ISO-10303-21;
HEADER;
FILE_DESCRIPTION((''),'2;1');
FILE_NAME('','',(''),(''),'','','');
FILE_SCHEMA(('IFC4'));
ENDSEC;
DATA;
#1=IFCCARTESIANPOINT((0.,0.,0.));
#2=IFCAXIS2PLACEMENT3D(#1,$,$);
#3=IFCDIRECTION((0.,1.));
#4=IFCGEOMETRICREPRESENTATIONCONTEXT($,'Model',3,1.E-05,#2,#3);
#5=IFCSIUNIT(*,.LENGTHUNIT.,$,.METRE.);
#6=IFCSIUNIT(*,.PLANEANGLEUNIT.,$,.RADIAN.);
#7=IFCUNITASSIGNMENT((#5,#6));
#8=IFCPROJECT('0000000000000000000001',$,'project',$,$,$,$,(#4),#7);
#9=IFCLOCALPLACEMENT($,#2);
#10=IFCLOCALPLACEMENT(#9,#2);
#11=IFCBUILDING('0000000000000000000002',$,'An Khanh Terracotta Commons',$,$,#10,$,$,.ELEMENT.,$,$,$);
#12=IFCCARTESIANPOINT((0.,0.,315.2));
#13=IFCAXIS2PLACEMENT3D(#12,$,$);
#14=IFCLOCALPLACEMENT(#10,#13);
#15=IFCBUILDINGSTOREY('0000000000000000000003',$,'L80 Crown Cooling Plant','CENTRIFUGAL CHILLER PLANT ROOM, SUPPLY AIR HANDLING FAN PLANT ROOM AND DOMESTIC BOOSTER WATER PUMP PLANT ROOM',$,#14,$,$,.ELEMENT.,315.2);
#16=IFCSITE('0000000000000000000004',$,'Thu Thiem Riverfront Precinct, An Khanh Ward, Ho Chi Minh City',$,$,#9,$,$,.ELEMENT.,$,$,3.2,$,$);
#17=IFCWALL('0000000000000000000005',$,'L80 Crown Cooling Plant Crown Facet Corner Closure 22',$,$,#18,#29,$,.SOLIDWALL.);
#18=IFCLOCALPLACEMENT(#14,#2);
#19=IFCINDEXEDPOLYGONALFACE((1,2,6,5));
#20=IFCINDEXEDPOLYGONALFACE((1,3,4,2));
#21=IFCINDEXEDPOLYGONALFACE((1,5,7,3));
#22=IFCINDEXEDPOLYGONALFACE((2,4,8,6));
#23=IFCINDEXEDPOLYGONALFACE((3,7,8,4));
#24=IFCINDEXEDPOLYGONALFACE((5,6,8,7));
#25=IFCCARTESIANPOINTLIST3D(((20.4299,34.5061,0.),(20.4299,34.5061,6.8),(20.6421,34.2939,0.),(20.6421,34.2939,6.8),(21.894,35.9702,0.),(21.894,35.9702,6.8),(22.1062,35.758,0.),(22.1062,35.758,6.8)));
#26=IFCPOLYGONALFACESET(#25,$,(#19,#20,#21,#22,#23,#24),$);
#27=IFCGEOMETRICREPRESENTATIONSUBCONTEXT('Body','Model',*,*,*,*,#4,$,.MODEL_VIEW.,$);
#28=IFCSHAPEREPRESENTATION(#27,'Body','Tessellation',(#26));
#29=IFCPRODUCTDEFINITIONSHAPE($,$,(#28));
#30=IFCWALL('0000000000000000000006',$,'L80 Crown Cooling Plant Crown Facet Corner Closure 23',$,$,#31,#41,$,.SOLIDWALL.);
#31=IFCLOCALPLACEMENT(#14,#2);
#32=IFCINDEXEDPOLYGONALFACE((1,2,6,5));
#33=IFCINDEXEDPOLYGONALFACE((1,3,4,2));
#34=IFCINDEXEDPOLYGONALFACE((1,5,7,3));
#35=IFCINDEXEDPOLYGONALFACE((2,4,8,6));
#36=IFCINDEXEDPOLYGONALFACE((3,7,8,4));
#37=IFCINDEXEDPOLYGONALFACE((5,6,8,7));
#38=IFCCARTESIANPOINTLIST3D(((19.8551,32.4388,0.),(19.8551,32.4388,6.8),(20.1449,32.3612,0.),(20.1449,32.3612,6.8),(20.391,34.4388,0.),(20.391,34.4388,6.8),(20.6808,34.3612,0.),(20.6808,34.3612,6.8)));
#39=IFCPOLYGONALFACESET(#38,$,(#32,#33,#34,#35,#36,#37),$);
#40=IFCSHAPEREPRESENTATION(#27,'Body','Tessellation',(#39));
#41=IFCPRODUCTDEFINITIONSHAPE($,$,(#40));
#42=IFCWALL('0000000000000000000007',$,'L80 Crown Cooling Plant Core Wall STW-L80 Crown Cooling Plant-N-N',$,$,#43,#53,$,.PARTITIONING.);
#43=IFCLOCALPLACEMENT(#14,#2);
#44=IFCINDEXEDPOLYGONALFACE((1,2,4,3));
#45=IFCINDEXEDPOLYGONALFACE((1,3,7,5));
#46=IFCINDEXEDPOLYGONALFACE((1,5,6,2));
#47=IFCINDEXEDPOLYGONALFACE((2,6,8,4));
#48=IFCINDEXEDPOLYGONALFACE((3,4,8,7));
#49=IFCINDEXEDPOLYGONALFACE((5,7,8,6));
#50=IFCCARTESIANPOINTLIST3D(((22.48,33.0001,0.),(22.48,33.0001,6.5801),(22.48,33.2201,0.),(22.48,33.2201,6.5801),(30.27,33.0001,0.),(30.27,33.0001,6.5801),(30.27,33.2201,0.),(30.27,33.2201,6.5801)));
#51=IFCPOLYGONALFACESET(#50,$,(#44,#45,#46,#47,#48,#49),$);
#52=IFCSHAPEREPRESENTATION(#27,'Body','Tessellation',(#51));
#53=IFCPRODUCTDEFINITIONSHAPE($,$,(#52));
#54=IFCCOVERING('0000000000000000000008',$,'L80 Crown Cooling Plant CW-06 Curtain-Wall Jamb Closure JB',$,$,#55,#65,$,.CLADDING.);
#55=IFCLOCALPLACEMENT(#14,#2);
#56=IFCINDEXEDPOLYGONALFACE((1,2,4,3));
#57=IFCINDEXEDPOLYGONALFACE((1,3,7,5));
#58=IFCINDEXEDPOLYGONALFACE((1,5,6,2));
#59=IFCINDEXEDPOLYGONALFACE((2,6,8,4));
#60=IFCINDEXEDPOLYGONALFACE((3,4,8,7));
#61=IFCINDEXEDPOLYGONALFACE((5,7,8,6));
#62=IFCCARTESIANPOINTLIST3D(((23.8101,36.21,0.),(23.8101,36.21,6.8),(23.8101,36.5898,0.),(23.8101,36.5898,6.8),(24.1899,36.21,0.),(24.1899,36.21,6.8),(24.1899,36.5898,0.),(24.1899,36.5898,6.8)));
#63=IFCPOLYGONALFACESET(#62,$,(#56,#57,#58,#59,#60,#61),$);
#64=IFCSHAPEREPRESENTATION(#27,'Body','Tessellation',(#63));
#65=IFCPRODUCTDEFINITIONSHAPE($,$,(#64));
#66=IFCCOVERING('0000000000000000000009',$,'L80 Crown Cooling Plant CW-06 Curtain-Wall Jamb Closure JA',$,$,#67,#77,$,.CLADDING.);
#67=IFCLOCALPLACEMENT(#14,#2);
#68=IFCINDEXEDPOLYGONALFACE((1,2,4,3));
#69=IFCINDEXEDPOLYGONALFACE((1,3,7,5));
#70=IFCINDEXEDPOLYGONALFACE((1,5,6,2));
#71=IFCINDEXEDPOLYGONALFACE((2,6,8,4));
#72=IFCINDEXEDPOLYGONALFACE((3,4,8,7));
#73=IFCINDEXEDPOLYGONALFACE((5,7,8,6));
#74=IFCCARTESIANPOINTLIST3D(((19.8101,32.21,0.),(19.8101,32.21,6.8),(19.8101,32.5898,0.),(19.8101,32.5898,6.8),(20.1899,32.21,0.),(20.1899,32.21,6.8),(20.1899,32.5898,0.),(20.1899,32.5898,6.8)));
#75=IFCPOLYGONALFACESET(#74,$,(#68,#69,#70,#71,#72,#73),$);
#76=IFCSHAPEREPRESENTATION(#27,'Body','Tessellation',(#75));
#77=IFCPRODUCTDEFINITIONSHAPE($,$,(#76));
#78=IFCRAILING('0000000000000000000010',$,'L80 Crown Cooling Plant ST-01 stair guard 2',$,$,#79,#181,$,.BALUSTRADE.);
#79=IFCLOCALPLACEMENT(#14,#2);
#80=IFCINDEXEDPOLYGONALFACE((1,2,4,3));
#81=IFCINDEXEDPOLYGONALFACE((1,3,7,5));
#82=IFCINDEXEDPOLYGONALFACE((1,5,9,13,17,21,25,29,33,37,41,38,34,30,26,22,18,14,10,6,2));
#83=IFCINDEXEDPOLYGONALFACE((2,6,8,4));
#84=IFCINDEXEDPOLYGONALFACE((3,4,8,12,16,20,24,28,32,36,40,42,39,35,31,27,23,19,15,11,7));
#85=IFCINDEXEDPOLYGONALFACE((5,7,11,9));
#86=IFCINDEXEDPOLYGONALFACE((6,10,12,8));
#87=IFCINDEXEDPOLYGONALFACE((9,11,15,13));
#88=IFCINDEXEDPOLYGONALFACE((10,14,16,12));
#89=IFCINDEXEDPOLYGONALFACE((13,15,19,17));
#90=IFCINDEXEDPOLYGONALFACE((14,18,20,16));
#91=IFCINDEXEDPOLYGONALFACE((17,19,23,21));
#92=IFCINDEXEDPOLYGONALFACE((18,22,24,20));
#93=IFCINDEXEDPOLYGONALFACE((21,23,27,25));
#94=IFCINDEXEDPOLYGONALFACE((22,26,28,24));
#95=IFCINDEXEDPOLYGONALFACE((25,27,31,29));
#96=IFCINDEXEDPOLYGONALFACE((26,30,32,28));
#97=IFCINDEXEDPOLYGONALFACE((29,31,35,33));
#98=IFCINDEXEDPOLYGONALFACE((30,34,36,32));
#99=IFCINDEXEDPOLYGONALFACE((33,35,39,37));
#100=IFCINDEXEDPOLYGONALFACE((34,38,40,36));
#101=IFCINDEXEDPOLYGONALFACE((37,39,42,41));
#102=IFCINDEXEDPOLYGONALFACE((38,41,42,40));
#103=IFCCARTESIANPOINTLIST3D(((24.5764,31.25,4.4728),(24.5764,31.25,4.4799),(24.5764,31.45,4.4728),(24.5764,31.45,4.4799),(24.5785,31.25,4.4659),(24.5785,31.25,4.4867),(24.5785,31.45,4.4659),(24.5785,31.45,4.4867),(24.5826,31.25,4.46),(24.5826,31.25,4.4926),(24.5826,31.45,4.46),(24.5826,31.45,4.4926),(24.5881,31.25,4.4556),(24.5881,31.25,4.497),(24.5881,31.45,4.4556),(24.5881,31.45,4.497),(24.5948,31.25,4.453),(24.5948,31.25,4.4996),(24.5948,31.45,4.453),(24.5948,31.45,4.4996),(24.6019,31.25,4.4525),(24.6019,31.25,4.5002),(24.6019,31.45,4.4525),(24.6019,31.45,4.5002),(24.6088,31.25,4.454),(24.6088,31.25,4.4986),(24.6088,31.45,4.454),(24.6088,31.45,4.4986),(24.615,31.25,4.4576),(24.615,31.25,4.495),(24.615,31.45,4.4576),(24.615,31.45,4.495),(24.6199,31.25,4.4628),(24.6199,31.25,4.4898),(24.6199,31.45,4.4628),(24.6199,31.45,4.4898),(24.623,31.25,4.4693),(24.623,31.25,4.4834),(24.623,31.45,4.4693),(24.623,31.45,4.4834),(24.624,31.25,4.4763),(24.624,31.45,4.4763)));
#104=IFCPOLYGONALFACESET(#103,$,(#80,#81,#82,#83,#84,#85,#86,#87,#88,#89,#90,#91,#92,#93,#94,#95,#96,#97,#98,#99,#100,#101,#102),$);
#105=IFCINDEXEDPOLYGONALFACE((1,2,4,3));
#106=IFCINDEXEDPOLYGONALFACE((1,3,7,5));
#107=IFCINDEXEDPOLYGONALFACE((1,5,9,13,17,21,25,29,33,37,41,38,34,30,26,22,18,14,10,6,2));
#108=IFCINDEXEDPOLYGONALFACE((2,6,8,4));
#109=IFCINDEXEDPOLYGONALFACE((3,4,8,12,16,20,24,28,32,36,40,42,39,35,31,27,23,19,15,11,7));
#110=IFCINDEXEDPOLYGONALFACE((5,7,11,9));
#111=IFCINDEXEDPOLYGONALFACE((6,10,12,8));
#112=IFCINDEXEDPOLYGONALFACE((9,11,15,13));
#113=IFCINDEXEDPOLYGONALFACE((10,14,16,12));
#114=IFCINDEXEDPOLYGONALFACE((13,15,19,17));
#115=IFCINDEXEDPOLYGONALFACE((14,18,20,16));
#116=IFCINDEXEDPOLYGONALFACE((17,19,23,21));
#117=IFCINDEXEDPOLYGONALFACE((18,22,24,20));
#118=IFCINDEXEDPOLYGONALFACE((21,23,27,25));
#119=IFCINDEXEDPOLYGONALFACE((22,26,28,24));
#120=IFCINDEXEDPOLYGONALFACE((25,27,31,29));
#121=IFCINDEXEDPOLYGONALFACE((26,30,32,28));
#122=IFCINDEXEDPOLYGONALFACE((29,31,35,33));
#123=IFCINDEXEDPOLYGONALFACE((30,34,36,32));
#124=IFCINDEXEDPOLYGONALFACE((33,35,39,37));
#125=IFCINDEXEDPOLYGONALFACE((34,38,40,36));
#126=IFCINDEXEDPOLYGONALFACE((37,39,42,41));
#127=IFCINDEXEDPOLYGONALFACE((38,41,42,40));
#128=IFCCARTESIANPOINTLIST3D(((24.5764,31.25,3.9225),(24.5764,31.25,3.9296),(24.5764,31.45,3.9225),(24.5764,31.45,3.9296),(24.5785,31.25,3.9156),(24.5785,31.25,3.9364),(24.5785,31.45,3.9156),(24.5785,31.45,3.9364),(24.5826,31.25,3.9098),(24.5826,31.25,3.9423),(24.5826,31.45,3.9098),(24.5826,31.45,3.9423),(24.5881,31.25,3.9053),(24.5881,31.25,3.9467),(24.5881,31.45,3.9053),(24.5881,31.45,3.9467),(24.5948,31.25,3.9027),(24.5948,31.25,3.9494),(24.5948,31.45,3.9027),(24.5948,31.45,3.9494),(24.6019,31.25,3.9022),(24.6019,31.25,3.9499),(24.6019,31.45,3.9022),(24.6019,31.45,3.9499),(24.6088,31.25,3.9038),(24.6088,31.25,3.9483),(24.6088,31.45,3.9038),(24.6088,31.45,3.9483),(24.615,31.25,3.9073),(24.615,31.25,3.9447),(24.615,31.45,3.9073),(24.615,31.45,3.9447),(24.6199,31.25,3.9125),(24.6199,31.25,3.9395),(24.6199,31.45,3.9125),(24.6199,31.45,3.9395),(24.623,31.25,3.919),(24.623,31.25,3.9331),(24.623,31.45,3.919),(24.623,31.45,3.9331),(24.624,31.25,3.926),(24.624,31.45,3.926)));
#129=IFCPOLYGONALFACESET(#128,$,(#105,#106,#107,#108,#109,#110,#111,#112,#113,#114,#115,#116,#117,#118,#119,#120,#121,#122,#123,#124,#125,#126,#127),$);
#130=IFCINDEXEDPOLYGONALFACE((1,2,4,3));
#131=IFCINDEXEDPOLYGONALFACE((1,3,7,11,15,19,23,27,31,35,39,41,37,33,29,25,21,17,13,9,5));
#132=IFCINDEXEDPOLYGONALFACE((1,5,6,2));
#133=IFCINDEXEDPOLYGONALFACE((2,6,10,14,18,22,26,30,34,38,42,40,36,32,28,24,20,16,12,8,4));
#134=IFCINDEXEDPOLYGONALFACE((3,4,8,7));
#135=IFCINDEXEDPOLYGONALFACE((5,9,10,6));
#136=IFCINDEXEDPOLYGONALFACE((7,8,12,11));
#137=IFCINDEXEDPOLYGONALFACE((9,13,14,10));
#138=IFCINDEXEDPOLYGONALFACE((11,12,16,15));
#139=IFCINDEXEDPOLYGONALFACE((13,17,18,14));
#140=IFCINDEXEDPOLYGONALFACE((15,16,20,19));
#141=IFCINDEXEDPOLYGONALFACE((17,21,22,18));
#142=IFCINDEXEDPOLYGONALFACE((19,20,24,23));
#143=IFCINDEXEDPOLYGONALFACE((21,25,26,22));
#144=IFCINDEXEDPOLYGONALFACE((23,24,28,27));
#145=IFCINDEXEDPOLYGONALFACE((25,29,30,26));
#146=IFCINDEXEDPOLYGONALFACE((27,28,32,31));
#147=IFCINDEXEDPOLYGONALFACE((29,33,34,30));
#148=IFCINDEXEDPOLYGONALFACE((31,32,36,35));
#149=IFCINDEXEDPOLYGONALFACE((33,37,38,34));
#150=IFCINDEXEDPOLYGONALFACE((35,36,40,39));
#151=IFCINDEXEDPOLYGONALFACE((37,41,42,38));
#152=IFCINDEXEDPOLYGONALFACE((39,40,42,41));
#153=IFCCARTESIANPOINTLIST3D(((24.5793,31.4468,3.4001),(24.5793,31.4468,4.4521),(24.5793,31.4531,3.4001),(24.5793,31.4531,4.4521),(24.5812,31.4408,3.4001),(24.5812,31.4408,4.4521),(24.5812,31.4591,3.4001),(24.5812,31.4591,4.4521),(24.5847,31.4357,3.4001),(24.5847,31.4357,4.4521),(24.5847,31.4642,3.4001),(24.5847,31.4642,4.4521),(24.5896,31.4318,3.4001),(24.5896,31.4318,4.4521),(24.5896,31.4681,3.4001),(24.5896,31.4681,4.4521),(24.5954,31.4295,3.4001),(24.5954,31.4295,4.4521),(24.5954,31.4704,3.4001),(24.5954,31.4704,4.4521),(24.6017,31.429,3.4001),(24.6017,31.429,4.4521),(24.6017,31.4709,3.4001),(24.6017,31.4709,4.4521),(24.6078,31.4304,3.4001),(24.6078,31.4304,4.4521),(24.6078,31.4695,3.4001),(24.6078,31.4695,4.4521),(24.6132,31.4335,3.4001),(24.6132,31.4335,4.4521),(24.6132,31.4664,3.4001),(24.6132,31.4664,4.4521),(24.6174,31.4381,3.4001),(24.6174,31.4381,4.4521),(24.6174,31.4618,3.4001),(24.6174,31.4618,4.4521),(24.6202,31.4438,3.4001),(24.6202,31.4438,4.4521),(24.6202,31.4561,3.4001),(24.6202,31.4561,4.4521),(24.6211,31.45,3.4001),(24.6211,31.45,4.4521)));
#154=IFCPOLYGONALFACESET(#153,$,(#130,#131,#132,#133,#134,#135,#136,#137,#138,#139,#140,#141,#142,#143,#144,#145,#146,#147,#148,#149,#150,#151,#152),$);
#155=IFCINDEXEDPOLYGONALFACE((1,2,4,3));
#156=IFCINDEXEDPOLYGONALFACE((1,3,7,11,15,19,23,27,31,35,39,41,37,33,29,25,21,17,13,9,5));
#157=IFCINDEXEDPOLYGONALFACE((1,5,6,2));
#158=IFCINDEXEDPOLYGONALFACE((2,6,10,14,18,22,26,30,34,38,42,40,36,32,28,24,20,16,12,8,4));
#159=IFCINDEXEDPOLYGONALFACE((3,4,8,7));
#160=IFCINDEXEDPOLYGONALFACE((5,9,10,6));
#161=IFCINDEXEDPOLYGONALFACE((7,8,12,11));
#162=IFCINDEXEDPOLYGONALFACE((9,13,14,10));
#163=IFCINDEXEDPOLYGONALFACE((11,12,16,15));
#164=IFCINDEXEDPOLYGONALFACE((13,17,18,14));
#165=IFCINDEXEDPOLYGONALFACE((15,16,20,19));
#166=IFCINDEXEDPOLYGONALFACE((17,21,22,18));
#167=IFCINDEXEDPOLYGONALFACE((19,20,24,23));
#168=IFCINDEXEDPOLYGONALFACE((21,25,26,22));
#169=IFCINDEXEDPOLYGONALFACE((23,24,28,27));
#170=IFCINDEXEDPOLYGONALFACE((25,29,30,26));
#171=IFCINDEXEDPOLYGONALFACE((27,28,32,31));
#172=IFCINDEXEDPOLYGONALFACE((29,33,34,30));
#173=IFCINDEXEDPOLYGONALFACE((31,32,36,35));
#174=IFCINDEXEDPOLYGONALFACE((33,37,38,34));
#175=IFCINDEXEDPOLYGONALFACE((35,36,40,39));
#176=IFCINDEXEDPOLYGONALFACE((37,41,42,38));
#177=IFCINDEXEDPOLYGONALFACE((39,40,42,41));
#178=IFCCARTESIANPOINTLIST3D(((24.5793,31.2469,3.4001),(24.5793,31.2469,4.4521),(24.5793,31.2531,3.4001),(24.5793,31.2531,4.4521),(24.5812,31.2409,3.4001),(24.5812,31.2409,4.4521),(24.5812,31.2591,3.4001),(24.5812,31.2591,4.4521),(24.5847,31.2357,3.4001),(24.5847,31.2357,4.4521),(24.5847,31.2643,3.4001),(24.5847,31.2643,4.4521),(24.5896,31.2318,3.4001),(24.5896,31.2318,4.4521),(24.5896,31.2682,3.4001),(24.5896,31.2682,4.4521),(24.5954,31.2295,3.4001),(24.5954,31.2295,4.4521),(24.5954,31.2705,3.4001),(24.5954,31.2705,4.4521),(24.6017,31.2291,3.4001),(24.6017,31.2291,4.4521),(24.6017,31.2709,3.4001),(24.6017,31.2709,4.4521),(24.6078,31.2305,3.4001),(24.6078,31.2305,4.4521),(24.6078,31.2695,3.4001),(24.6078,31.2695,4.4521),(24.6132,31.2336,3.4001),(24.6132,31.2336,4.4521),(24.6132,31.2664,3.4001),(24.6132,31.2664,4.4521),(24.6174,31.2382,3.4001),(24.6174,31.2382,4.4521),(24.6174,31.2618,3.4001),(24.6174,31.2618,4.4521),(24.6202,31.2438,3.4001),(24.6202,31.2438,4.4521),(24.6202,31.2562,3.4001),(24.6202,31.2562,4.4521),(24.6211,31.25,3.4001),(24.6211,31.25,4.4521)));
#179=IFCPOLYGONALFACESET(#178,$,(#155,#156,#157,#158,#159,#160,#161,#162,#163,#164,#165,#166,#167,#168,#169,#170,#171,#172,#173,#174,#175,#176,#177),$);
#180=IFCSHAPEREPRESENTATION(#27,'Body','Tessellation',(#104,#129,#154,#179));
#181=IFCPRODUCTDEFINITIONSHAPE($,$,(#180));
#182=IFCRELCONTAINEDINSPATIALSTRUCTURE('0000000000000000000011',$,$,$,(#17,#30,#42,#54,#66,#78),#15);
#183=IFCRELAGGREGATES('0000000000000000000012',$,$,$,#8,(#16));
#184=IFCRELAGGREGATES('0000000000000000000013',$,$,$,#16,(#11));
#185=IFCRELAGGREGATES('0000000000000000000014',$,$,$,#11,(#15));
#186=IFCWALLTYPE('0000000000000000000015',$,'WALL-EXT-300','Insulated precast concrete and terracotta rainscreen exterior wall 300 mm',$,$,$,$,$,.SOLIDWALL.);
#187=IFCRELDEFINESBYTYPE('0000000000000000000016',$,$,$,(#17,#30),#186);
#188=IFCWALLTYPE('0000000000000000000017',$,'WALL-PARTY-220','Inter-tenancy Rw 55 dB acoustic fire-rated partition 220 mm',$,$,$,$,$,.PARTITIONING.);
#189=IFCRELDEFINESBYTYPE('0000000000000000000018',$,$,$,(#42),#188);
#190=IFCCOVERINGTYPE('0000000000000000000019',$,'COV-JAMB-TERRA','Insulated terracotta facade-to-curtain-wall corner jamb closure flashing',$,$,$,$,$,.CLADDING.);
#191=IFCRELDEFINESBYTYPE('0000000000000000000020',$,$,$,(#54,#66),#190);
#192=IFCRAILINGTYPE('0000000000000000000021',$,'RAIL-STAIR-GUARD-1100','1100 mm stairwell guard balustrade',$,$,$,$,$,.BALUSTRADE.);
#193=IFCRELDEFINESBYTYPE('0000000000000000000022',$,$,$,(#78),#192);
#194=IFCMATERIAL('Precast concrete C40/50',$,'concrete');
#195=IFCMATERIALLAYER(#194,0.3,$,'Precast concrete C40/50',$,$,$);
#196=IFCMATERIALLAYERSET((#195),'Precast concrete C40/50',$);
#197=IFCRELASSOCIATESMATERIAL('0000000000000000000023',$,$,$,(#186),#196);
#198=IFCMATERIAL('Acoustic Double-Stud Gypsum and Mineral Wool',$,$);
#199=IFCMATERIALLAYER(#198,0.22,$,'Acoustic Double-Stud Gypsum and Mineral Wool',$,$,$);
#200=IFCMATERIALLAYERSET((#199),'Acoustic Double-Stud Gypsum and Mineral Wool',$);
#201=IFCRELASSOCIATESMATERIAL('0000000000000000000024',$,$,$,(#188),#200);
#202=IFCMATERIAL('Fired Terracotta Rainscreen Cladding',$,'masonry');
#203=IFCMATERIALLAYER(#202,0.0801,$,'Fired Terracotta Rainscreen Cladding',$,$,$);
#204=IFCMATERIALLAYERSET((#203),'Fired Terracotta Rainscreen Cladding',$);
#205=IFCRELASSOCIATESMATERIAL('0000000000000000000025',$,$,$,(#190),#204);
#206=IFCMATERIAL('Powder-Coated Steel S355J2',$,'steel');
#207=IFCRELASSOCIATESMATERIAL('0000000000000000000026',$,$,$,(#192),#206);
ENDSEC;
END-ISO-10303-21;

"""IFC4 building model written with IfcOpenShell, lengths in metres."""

from ifc_helpers import new_model, si_unit, direction, frame, frame_2d, origin, origin_2d, place, context, subcontext, project, spatial, rectangle, circle, extrude, material, layer, layer_set, type_object, element, save


model = new_model("IFC4")

# Units and contexts
model_context = context("Model", 3, precision=1e-05, world=origin(), true_north=direction((0.0, 1.0)))
body_context = subcontext(model_context, "Body", "Model", "MODEL_VIEW")
ifc_project = project(units=[si_unit("LENGTHUNIT", "METRE"), si_unit("PLANEANGLEUNIT", "RADIAN")], contexts=[model_context])

# Site, building, storey
site_placement = place(None, origin())
site = spatial("IfcSite", under=ifc_project, at=site_placement, Name="Thu Thiem Riverfront Precinct, An Khanh Ward, Ho Chi Minh City", CompositionType="ELEMENT", RefElevation=3.2)
building_placement = place(site_placement, origin())
building = spatial("IfcBuilding", under=site, at=building_placement, Name="An Khanh Terracotta Commons", CompositionType="ELEMENT")
storey_placement = place(building_placement, frame((0.0, 0.0, 315.2)))
storey = spatial("IfcBuildingStorey", under=building, at=storey_placement, Name="L80 Crown Cooling Plant", Description="CENTRIFUGAL CHILLER PLANT ROOM, SUPPLY AIR HANDLING FAN PLANT ROOM AND DOMESTIC BOOSTER WATER PUMP PLANT ROOM", CompositionType="ELEMENT", Elevation=315.2)

# Walls
ifc_material_1 = material(Name="Precast concrete C40/50", Category="concrete")
ifc_layer_1 = layer(ifc_material_1, 0.3, Name="Precast concrete C40/50")
ifc_layer_set_1 = layer_set([ifc_layer_1], Name="Precast concrete C40/50")
wall_type_1 = type_object("IfcWallType", Name="WALL-EXT-300", Description="Insulated precast concrete and terracotta rainscreen exterior wall 300 mm", PredefinedType="SOLIDWALL", material=ifc_layer_set_1)
for number, where, z_axis, x_axis, name in (
    (1, (22.0, 35.864, 0.0), (0.0, 0.0, 1.0), (-0.707107, -0.707107, 0.0), "L80 Crown Cooling Plant Crown Facet Corner Closure 22"),
    (2, (20.5359, 34.3999, 0.0), (0.0, 0.0, 1.0), (-0.258815, -0.965927, 0.0), "L80 Crown Cooling Plant Crown Facet Corner Closure 23"),
):
    element("IfcWall", number, at=place(storey_placement, frame(where, z_axis=z_axis, x_axis=x_axis)), inside=storey, type_object=wall_type_1, Name=name, PredefinedType="SOLIDWALL", context=body_context, shape_type="SweptSolid", body=[
        extrude(rectangle(XDim=2.0706, YDim=0.3, at=frame_2d((1.0352, 0.0))), origin(), (0.0, 0.0, 1.0), 6.8),
    ])
ifc_material_2 = material(Name="Acoustic Double-Stud Gypsum and Mineral Wool")
ifc_layer_2 = layer(ifc_material_2, 0.22, Name="Acoustic Double-Stud Gypsum and Mineral Wool")
ifc_layer_set_2 = layer_set([ifc_layer_2], Name="Acoustic Double-Stud Gypsum and Mineral Wool")
wall_type_2 = type_object("IfcWallType", Name="WALL-PARTY-220", Description="Inter-tenancy Rw 55 dB acoustic fire-rated partition 220 mm", PredefinedType="PARTITIONING", material=ifc_layer_set_2)
wall_1_placement = place(storey_placement, frame((22.48, 33.1101, 0.0), z_axis=(0.0, 0.0, 1.0), x_axis=(1.0, 0.0, 0.0)))
element("IfcWall", 3, at=wall_1_placement, inside=storey, type_object=wall_type_2, Name="L80 Crown Cooling Plant Core Wall STW-L80 Crown Cooling Plant-N-N", PredefinedType="PARTITIONING", context=body_context, shape_type="SweptSolid", body=[
    extrude(rectangle(XDim=7.79, YDim=0.22, at=frame_2d((3.895, 0.0))), origin(), (0.0, 0.0, 1.0), 6.5801),
])

# Coverings
ifc_material_3 = material(Name="Fired Terracotta Rainscreen Cladding", Category="masonry")
ifc_layer_3 = layer(ifc_material_3, 0.0801, Name="Fired Terracotta Rainscreen Cladding")
ifc_layer_set_3 = layer_set([ifc_layer_3], Name="Fired Terracotta Rainscreen Cladding")
covering_type = type_object("IfcCoveringType", Name="COV-JAMB-TERRA", Description="Insulated terracotta facade-to-curtain-wall corner jamb closure flashing", PredefinedType="CLADDING", material=ifc_layer_set_3)
for number, where, z_axis, x_axis, name in (
    (4, (24.0, 36.3999, 0.0), (0.0, 0.0, 1.0), (1.0, 0.0, 0.0), "L80 Crown Cooling Plant CW-06 Curtain-Wall Jamb Closure JB"),
    (5, (20.0, 32.3999, 0.0), (0.0, 0.0, 1.0), (1.0, 0.0, 0.0), "L80 Crown Cooling Plant CW-06 Curtain-Wall Jamb Closure JA"),
):
    element("IfcCovering", number, at=place(storey_placement, frame(where, z_axis=z_axis, x_axis=x_axis)), inside=storey, type_object=covering_type, Name=name, PredefinedType="CLADDING", context=body_context, shape_type="SweptSolid", body=[
        extrude(rectangle(XDim=0.3799, YDim=0.3799, at=origin_2d()), origin(), (0.0, 0.0, 1.0), 6.8),
    ])

# Railing
ifc_material_4 = material(Name="Powder-Coated Steel S355J2", Category="steel")
railing_type = type_object("IfcRailingType", Name="RAIL-STAIR-GUARD-1100", Description="1100 mm stairwell guard balustrade", PredefinedType="BALUSTRADE", material=ifc_material_4)
railing_placement = place(storey_placement, frame((24.6001, 31.45, 3.4001)))
element("IfcRailing", 6, at=railing_placement, inside=storey, type_object=railing_type, Name="L80 Crown Cooling Plant ST-01 stair guard 2", PredefinedType="BALUSTRADE", context=body_context, shape_type="SweptSolid", body=[
    extrude(circle(Radius=0.0239, at=origin_2d()), frame((0.0, 0.0, 1.0762), z_axis=(0.0, -1.0, 0.0), x_axis=(1.0, 0.0, 0.0)), (0.0, 0.0, 1.0), 0.2),
    extrude(circle(Radius=0.0239, at=origin_2d()), frame((0.0, 0.0, 0.5259), z_axis=(0.0, -1.0, 0.0), x_axis=(1.0, 0.0, 0.0)), (0.0, 0.0, 1.0), 0.2),
    extrude(circle(Radius=0.021, at=origin_2d()), origin(), (0.0, 0.0, 1.0), 1.052),
    extrude(circle(Radius=0.021, at=origin_2d()), frame((0.0, -0.2, 0.0)), (0.0, 0.0, 1.0), 1.052),
])

save(model, "model.ifc")
